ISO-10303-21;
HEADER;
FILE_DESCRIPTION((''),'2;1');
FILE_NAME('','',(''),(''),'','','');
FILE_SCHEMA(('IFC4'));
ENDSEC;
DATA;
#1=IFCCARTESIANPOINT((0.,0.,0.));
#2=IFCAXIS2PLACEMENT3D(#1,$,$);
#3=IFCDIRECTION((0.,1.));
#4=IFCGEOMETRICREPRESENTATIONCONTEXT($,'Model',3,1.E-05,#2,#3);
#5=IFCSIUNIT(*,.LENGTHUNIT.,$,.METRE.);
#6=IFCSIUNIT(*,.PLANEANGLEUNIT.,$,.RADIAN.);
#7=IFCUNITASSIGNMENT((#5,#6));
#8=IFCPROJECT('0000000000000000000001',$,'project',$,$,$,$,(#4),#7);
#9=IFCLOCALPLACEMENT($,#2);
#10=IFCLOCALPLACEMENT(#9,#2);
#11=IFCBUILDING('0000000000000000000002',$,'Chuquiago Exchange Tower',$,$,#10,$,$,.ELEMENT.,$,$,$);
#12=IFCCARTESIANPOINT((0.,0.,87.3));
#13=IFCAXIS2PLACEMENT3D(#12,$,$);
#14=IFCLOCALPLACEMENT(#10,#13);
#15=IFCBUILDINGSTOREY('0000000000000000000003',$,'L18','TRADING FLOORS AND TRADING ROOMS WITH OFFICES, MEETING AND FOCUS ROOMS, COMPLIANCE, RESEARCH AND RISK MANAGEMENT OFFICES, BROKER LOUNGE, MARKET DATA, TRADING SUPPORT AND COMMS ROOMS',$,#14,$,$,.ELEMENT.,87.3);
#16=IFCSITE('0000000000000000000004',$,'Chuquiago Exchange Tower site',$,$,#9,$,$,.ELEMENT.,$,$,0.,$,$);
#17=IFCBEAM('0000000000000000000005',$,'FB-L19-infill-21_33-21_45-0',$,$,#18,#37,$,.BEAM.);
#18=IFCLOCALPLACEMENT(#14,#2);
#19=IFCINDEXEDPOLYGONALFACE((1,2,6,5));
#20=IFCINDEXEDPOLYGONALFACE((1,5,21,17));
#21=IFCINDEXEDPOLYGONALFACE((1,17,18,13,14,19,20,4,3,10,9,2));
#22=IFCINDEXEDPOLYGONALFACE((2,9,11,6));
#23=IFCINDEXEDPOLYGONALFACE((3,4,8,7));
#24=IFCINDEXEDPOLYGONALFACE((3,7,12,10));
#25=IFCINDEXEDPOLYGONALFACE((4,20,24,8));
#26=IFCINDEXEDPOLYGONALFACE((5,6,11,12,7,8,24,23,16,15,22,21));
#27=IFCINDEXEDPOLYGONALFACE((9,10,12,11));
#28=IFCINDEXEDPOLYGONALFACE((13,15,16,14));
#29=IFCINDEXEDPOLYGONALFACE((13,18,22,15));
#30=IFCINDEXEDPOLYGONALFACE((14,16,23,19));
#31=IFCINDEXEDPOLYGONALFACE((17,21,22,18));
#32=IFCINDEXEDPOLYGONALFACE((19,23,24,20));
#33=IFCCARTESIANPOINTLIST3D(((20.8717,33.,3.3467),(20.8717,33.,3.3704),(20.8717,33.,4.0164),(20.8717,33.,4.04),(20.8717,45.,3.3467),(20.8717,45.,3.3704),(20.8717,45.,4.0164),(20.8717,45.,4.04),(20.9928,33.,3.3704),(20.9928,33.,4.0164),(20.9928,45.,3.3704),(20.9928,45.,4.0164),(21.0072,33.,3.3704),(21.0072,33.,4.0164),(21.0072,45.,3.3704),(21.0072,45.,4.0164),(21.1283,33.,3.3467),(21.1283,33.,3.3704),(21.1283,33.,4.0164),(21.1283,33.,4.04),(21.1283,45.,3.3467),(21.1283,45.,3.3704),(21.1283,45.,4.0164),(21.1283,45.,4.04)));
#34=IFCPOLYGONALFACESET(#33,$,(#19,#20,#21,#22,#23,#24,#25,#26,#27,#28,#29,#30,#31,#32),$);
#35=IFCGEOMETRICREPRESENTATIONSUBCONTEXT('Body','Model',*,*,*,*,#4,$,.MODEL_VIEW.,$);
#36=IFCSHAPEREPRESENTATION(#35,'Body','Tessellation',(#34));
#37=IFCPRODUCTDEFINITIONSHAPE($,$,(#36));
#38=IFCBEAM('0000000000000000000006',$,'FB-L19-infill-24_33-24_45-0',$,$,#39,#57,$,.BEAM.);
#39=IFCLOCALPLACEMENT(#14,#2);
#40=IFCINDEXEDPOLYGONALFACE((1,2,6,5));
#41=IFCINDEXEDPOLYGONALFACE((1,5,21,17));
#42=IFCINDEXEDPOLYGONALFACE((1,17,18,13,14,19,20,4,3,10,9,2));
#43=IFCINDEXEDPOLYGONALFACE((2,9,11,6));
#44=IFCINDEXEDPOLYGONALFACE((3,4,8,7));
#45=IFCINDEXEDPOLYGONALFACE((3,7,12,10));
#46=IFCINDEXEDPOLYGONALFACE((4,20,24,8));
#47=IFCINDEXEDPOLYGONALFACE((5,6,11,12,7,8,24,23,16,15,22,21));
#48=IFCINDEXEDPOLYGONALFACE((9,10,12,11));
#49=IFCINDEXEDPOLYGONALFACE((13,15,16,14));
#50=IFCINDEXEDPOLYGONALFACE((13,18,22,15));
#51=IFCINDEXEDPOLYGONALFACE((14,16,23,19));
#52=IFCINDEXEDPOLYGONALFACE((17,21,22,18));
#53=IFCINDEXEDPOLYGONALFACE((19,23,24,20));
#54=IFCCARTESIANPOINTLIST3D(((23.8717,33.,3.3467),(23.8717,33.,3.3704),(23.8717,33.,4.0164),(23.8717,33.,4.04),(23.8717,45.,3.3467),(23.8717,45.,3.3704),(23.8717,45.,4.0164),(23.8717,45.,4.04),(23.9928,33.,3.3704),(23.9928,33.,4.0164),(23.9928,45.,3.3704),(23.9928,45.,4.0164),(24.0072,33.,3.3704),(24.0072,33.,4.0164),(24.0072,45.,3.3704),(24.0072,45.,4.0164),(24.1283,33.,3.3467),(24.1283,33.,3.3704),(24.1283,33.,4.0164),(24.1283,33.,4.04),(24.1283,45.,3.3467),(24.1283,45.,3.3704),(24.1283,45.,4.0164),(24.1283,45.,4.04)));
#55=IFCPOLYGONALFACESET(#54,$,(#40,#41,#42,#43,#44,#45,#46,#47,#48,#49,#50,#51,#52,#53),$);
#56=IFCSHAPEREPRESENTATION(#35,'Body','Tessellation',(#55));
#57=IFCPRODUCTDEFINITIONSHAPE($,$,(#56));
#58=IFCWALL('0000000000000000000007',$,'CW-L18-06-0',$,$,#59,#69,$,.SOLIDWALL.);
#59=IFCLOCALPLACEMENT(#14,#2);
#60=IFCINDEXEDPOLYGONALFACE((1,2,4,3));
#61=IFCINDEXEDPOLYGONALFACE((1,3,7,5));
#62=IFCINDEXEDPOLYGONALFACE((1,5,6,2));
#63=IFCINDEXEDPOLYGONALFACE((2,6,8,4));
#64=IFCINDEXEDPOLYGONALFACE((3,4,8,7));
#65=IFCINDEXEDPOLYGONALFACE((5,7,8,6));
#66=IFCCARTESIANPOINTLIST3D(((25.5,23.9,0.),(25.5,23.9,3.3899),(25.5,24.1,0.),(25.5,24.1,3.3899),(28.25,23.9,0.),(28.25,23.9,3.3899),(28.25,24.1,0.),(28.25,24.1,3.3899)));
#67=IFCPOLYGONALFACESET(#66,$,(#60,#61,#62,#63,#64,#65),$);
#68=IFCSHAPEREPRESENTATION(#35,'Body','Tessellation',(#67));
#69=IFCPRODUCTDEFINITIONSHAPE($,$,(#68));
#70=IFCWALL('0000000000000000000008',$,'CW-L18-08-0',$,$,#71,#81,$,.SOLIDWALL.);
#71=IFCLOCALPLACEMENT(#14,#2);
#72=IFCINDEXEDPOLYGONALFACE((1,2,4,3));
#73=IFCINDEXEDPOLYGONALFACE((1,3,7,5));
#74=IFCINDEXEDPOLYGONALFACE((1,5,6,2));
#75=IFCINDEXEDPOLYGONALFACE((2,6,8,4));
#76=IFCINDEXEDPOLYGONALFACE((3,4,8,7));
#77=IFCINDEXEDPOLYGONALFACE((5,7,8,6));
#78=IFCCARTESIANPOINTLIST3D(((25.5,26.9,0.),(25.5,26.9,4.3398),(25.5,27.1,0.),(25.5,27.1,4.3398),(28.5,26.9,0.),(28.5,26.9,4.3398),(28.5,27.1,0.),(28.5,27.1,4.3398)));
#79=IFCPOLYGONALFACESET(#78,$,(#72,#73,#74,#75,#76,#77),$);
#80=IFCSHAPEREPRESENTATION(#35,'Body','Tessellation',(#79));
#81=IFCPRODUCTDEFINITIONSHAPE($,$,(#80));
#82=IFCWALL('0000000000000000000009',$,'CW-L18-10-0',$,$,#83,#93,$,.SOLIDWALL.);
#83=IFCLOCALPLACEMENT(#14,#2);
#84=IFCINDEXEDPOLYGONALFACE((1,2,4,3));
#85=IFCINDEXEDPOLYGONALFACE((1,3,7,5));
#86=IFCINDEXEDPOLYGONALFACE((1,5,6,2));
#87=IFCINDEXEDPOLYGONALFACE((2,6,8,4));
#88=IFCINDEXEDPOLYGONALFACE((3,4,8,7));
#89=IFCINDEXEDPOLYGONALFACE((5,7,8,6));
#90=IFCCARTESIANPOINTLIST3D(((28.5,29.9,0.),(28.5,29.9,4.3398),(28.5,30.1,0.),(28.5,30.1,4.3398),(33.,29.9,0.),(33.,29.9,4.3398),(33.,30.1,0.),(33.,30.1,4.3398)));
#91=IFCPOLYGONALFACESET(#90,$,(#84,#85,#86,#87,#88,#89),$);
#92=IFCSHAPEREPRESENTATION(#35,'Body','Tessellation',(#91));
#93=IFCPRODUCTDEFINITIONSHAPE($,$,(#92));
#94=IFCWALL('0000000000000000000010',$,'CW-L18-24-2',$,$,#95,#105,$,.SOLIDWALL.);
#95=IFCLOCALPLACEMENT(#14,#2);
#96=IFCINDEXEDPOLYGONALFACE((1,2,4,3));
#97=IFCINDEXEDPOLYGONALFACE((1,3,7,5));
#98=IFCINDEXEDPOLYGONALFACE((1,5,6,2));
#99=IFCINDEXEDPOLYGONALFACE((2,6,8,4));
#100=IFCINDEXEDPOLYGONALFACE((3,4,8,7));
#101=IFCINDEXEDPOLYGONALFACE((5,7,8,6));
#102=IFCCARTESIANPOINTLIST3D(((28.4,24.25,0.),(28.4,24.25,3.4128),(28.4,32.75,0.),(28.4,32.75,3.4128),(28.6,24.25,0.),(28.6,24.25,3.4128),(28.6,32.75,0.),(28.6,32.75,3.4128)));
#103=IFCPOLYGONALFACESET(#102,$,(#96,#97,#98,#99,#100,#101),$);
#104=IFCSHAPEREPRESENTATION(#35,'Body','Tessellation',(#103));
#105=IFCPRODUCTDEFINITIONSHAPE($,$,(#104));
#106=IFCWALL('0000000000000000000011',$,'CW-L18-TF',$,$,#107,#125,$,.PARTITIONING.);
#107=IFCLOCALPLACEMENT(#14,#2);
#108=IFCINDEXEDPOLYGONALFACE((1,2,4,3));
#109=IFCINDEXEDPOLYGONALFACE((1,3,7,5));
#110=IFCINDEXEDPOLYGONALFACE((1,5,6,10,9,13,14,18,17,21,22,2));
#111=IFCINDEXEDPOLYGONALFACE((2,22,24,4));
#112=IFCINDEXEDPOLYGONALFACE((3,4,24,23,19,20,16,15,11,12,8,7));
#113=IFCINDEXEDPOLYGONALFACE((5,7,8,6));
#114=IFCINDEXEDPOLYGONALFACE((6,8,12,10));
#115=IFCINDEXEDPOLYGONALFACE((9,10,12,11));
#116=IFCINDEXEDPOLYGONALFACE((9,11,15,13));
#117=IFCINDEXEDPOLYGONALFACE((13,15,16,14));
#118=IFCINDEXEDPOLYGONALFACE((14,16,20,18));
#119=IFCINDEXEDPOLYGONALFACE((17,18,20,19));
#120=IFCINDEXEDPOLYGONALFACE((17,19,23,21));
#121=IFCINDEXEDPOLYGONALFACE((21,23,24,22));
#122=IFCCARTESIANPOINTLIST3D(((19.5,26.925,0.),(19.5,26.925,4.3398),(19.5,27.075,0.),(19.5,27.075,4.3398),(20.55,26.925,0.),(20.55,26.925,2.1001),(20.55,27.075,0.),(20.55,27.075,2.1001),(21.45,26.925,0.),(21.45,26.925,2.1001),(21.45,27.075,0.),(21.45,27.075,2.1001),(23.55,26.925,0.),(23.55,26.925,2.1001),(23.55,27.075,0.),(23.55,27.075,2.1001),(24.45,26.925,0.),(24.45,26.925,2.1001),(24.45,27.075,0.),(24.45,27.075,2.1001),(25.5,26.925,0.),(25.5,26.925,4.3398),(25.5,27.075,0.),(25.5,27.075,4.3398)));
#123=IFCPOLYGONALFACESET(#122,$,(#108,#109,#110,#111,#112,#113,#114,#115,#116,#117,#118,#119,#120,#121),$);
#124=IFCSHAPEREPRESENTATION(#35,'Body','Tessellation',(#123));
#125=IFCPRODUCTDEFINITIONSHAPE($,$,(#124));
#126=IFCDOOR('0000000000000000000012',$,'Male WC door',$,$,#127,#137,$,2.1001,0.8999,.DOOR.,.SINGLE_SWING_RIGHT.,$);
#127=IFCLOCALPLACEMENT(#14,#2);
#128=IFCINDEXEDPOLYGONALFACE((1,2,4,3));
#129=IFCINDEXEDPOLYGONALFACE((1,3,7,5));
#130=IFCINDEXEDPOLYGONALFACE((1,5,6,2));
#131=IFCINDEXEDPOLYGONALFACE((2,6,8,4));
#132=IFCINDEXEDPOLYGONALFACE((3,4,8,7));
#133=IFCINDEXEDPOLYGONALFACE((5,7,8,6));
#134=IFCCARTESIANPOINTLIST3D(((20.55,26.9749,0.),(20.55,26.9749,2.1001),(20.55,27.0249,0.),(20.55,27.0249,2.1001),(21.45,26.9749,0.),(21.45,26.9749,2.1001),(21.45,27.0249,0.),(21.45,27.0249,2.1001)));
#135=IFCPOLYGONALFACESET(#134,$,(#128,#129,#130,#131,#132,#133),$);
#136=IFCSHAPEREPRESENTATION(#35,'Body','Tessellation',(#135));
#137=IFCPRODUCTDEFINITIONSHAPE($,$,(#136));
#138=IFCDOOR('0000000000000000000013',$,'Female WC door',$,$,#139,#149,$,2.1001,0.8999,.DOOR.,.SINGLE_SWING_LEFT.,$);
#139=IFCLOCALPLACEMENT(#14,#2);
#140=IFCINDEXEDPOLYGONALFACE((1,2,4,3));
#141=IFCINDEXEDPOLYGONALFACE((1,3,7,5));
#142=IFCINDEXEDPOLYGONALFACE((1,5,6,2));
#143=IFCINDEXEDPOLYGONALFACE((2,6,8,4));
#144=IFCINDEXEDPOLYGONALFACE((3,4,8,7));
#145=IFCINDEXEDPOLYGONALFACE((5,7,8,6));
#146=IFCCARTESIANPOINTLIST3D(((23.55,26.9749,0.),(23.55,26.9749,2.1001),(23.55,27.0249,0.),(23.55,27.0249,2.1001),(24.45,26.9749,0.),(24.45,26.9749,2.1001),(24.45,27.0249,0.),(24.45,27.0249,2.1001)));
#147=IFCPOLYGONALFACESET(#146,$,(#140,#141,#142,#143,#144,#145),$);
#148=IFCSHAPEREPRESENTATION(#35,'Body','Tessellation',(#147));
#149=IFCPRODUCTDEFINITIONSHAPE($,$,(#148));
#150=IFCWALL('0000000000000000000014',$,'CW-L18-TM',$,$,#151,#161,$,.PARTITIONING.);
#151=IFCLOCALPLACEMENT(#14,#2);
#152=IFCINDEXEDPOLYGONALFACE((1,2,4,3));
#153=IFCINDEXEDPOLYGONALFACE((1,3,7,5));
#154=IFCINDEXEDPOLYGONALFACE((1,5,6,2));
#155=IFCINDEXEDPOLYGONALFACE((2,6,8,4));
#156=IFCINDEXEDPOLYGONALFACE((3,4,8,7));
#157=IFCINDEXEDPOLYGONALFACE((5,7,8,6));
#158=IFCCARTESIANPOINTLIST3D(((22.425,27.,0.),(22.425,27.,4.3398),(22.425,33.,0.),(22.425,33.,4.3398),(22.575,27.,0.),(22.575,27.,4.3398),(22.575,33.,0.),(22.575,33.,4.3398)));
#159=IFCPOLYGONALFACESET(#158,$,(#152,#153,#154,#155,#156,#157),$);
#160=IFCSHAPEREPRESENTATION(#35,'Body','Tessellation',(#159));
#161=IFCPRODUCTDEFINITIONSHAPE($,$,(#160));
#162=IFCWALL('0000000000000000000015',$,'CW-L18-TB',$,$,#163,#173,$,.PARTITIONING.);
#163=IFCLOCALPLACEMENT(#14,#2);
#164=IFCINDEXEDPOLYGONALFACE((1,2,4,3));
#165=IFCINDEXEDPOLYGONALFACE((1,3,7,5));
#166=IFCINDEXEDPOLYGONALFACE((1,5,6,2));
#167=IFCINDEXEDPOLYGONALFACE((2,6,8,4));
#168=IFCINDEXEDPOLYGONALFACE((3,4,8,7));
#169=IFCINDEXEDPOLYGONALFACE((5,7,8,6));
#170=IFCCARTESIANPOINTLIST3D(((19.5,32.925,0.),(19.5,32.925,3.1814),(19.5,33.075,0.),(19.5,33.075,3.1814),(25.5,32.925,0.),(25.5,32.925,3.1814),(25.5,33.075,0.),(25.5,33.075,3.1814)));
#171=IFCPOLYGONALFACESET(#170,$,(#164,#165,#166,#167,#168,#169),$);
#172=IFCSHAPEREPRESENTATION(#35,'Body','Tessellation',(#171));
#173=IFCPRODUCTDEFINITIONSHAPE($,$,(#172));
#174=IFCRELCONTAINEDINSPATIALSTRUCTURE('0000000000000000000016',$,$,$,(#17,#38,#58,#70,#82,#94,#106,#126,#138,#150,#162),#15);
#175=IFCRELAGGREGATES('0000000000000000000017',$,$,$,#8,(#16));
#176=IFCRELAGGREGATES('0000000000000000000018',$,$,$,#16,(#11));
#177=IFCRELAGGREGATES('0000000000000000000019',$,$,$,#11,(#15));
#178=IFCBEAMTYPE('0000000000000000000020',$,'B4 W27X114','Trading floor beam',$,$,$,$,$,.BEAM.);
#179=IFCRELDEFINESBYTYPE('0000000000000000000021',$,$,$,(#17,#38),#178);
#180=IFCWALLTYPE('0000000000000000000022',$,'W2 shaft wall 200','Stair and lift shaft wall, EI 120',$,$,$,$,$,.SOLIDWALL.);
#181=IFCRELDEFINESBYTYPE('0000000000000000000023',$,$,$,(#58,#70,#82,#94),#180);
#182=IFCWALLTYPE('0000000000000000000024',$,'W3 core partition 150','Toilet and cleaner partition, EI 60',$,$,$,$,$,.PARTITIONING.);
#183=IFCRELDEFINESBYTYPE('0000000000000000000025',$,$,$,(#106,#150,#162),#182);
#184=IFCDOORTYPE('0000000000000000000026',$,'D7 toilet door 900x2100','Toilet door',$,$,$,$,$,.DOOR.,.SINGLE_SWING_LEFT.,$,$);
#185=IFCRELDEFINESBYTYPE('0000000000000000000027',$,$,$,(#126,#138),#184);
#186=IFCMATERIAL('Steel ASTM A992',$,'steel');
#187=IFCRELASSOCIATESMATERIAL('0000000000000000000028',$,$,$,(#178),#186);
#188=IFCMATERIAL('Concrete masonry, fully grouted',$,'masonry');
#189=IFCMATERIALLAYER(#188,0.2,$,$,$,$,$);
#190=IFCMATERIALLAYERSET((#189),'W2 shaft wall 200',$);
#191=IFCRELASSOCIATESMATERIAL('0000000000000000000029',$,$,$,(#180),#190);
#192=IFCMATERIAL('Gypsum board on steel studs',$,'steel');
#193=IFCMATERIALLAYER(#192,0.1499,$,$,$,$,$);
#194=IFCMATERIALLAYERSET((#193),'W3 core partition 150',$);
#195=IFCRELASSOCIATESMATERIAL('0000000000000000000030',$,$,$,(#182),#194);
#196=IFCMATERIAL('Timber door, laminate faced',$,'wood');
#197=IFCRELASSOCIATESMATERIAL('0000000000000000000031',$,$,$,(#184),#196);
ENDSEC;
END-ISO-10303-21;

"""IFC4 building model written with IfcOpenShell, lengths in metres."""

from ifc_helpers import new_model, si_unit, direction, frame, frame_2d, origin, origin_2d, place, context, subcontext, project, spatial, rectangle, i_section, extrude, material, layer, layer_set, material_profile, profile_set, type_object, element, fill, save


model = new_model("IFC4")

# Units and contexts
model_context = context("Model", 3, precision=1e-05, world=origin(), true_north=direction((0.0, 1.0)))
body_context = subcontext(model_context, "Body", "Model", "MODEL_VIEW")
ifc_project = project(units=[si_unit("LENGTHUNIT", "METRE"), si_unit("PLANEANGLEUNIT", "RADIAN")], contexts=[model_context])

# Site, building, storey
site_placement = place(None, origin())
site = spatial("IfcSite", under=ifc_project, at=site_placement, Name="Chuquiago Exchange Tower site", CompositionType="ELEMENT", RefElevation=0.0)
building_placement = place(site_placement, origin())
building = spatial("IfcBuilding", under=site, at=building_placement, Name="Chuquiago Exchange Tower", CompositionType="ELEMENT")
storey_placement = place(building_placement, frame((0.0, 0.0, 87.3)))
storey = spatial("IfcBuildingStorey", under=building, at=storey_placement, Name="L18", Description="TRADING FLOORS AND TRADING ROOMS WITH OFFICES, MEETING AND FOCUS ROOMS, COMPLIANCE, RESEARCH AND RISK MANAGEMENT OFFICES, BROKER LOUNGE, MARKET DATA, TRADING SUPPORT AND COMMS ROOMS", CompositionType="ELEMENT", Elevation=87.3)

# Beams
ifc_material_1 = material(Name="Steel ASTM A992", Category="steel")
ifc_material_profile_1 = material_profile(ifc_material_1, i_section(OverallWidth=0.2566, OverallDepth=0.6934, WebThickness=0.0144, FlangeThickness=0.0237, at=origin_2d()), Name="W27X114")
ifc_profile_set_1 = profile_set([ifc_material_profile_1], Name="Steel ASTM A992")
beam_type_1 = type_object("IfcBeamType", Name="B4 W27X114", Description="Trading floor beam", PredefinedType="BEAM", material=ifc_profile_set_1)
for number, where, z_axis, x_axis, name in (
    (1, (21.0, 33.0, 3.6934), (0.0, 1.0, 0.0), (-1.0, 0.0, 0.0), "FB-L19-infill-21_33-21_45-0"),
    (2, (24.0, 33.0, 3.6934), (0.0, 1.0, 0.0), (-1.0, 0.0, 0.0), "FB-L19-infill-24_33-24_45-0"),
):
    element("IfcBeam", number, at=place(storey_placement, frame(where, z_axis=z_axis, x_axis=x_axis)), inside=storey, type_object=beam_type_1, Name=name, PredefinedType="BEAM", context=body_context, shape_type="SweptSolid", body=[
        extrude(i_section(OverallWidth=0.2566, OverallDepth=0.6934, WebThickness=0.0144, FlangeThickness=0.0237, at=origin_2d()), origin(), (0.0, 0.0, 1.0), 12.0),
    ])

# Walls
ifc_material_2 = material(Name="Concrete masonry, fully grouted", Category="masonry")
ifc_layer_1 = layer(ifc_material_2, 0.2)
ifc_layer_set_1 = layer_set([ifc_layer_1], Name="W2 shaft wall 200")
wall_type_1 = type_object("IfcWallType", Name="W2 shaft wall 200", Description="Stair and lift shaft wall, EI 120", PredefinedType="SOLIDWALL", material=ifc_layer_set_1)
wall_1_placement = place(storey_placement, frame((25.5, 24.0, 0.0), z_axis=(0.0, 0.0, 1.0), x_axis=(1.0, 0.0, 0.0)))
element("IfcWall", 3, at=wall_1_placement, inside=storey, type_object=wall_type_1, Name="CW-L18-06-0", PredefinedType="SOLIDWALL", context=body_context, shape_type="SweptSolid", body=[
    extrude(rectangle(XDim=2.75, YDim=0.2, at=frame_2d((1.375, 0.0))), origin(), (0.0, 0.0, 1.0), 3.3899),
])
wall_2_placement = place(storey_placement, frame((25.5, 27.0, 0.0), z_axis=(0.0, 0.0, 1.0), x_axis=(1.0, 0.0, 0.0)))
element("IfcWall", 4, at=wall_2_placement, inside=storey, type_object=wall_type_1, Name="CW-L18-08-0", PredefinedType="SOLIDWALL", context=body_context, shape_type="SweptSolid", body=[
    extrude(rectangle(XDim=3.0, YDim=0.2, at=frame_2d((1.5, 0.0))), origin(), (0.0, 0.0, 1.0), 4.3398),
])
wall_3_placement = place(storey_placement, frame((28.5, 30.0, 0.0), z_axis=(0.0, 0.0, 1.0), x_axis=(1.0, 0.0, 0.0)))
element("IfcWall", 5, at=wall_3_placement, inside=storey, type_object=wall_type_1, Name="CW-L18-10-0", PredefinedType="SOLIDWALL", context=body_context, shape_type="SweptSolid", body=[
    extrude(rectangle(XDim=4.5, YDim=0.2, at=frame_2d((2.25, 0.0))), origin(), (0.0, 0.0, 1.0), 4.3398),
])
wall_4_placement = place(storey_placement, frame((28.5, 24.25, 0.0), z_axis=(0.0, 0.0, 1.0), x_axis=(0.0, 1.0, 0.0)))
element("IfcWall", 6, at=wall_4_placement, inside=storey, type_object=wall_type_1, Name="CW-L18-24-2", PredefinedType="SOLIDWALL", context=body_context, shape_type="SweptSolid", body=[
    extrude(rectangle(XDim=8.5, YDim=0.2, at=frame_2d((4.25, 0.0))), origin(), (0.0, 0.0, 1.0), 3.4128),
])

# Wall, openings, doors
ifc_material_3 = material(Name="Gypsum board on steel studs", Category="steel")
ifc_layer_2 = layer(ifc_material_3, 0.1499)
ifc_layer_set_2 = layer_set([ifc_layer_2], Name="W3 core partition 150")
wall_type_2 = type_object("IfcWallType", Name="W3 core partition 150", Description="Toilet and cleaner partition, EI 60", PredefinedType="PARTITIONING", material=ifc_layer_set_2)
wall_5_placement = place(storey_placement, frame((19.5, 27.0, 0.0), z_axis=(0.0, 0.0, 1.0), x_axis=(1.0, 0.0, 0.0)))
wall_5 = element("IfcWall", 7, at=wall_5_placement, inside=storey, type_object=wall_type_2, Name="CW-L18-TF", PredefinedType="PARTITIONING", context=body_context, shape_type="SweptSolid", body=[
    extrude(rectangle(XDim=6.0, YDim=0.1499, at=frame_2d((3.0, 0.0))), origin(), (0.0, 0.0, 1.0), 4.3398),
])
opening_1_placement = place(wall_5_placement, frame((1.05, 0.0, 0.0)))
opening_1 = element("IfcOpeningElement", 8, at=opening_1_placement, cuts=wall_5, PredefinedType="OPENING", context=body_context, shape_type="SweptSolid", body=[
    extrude(rectangle(XDim=0.8999, YDim=2.1001, at=frame_2d((0.45, 1.05))), frame((0.0, 0.085, 0.0), z_axis=(0.0, -1.0, 0.0), x_axis=(1.0, 0.0, 0.0)), (0.0, 0.0, 1.0), 0.1699),
])
opening_2_placement = place(wall_5_placement, frame((4.05, 0.0, 0.0)))
opening_2 = element("IfcOpeningElement", 9, at=opening_2_placement, cuts=wall_5, PredefinedType="OPENING", context=body_context, shape_type="SweptSolid", body=[
    extrude(rectangle(XDim=0.8999, YDim=2.1001, at=frame_2d((0.45, 1.05))), frame((0.0, 0.085, 0.0), z_axis=(0.0, -1.0, 0.0), x_axis=(1.0, 0.0, 0.0)), (0.0, 0.0, 1.0), 0.1699),
])
ifc_material_4 = material(Name="Timber door, laminate faced", Category="wood")
door_type = type_object("IfcDoorType", Name="D7 toilet door 900x2100", Description="Toilet door", OperationType="SINGLE_SWING_LEFT", PredefinedType="DOOR", material=ifc_material_4)
door_1_placement = place(opening_1_placement, origin())
door_1 = element("IfcDoor", 10, at=door_1_placement, inside=storey, type_object=door_type, Name="Male WC door", OperationType="SINGLE_SWING_RIGHT", OverallHeight=2.1001, OverallWidth=0.8999, PredefinedType="DOOR", context=body_context, shape_type="SweptSolid", body=[
    extrude(rectangle(XDim=0.8999, YDim=2.1001, at=frame_2d((0.45, 1.05))), frame((0.0, 0.0249, 0.0), z_axis=(0.0, -1.0, 0.0), x_axis=(1.0, 0.0, 0.0)), (0.0, 0.0, 1.0), 0.05),
])
fill(opening_1, door_1)
door_2_placement = place(opening_2_placement, origin())
door_2 = element("IfcDoor", 11, at=door_2_placement, inside=storey, type_object=door_type, Name="Female WC door", OperationType="SINGLE_SWING_LEFT", OverallHeight=2.1001, OverallWidth=0.8999, PredefinedType="DOOR", context=body_context, shape_type="SweptSolid", body=[
    extrude(rectangle(XDim=0.8999, YDim=2.1001, at=frame_2d((0.45, 1.05))), frame((0.0, 0.0249, 0.0), z_axis=(0.0, -1.0, 0.0), x_axis=(1.0, 0.0, 0.0)), (0.0, 0.0, 1.0), 0.05),
])
fill(opening_2, door_2)

# Walls
wall_6_placement = place(storey_placement, frame((22.5, 27.0, 0.0), z_axis=(0.0, 0.0, 1.0), x_axis=(0.0, 1.0, 0.0)))
element("IfcWall", 12, at=wall_6_placement, inside=storey, type_object=wall_type_2, Name="CW-L18-TM", PredefinedType="PARTITIONING", context=body_context, shape_type="SweptSolid", body=[
    extrude(rectangle(XDim=6.0, YDim=0.1499, at=frame_2d((3.0, 0.0))), origin(), (0.0, 0.0, 1.0), 4.3398),
])
wall_7_placement = place(storey_placement, frame((19.5, 33.0, 0.0), z_axis=(0.0, 0.0, 1.0), x_axis=(1.0, 0.0, 0.0)))
element("IfcWall", 13, at=wall_7_placement, inside=storey, type_object=wall_type_2, Name="CW-L18-TB", PredefinedType="PARTITIONING", context=body_context, shape_type="SweptSolid", body=[
    extrude(rectangle(XDim=6.0, YDim=0.1499, at=frame_2d((3.0, 0.0))), origin(), (0.0, 0.0, 1.0), 3.1814),
])

save(model, "model.ifc")
